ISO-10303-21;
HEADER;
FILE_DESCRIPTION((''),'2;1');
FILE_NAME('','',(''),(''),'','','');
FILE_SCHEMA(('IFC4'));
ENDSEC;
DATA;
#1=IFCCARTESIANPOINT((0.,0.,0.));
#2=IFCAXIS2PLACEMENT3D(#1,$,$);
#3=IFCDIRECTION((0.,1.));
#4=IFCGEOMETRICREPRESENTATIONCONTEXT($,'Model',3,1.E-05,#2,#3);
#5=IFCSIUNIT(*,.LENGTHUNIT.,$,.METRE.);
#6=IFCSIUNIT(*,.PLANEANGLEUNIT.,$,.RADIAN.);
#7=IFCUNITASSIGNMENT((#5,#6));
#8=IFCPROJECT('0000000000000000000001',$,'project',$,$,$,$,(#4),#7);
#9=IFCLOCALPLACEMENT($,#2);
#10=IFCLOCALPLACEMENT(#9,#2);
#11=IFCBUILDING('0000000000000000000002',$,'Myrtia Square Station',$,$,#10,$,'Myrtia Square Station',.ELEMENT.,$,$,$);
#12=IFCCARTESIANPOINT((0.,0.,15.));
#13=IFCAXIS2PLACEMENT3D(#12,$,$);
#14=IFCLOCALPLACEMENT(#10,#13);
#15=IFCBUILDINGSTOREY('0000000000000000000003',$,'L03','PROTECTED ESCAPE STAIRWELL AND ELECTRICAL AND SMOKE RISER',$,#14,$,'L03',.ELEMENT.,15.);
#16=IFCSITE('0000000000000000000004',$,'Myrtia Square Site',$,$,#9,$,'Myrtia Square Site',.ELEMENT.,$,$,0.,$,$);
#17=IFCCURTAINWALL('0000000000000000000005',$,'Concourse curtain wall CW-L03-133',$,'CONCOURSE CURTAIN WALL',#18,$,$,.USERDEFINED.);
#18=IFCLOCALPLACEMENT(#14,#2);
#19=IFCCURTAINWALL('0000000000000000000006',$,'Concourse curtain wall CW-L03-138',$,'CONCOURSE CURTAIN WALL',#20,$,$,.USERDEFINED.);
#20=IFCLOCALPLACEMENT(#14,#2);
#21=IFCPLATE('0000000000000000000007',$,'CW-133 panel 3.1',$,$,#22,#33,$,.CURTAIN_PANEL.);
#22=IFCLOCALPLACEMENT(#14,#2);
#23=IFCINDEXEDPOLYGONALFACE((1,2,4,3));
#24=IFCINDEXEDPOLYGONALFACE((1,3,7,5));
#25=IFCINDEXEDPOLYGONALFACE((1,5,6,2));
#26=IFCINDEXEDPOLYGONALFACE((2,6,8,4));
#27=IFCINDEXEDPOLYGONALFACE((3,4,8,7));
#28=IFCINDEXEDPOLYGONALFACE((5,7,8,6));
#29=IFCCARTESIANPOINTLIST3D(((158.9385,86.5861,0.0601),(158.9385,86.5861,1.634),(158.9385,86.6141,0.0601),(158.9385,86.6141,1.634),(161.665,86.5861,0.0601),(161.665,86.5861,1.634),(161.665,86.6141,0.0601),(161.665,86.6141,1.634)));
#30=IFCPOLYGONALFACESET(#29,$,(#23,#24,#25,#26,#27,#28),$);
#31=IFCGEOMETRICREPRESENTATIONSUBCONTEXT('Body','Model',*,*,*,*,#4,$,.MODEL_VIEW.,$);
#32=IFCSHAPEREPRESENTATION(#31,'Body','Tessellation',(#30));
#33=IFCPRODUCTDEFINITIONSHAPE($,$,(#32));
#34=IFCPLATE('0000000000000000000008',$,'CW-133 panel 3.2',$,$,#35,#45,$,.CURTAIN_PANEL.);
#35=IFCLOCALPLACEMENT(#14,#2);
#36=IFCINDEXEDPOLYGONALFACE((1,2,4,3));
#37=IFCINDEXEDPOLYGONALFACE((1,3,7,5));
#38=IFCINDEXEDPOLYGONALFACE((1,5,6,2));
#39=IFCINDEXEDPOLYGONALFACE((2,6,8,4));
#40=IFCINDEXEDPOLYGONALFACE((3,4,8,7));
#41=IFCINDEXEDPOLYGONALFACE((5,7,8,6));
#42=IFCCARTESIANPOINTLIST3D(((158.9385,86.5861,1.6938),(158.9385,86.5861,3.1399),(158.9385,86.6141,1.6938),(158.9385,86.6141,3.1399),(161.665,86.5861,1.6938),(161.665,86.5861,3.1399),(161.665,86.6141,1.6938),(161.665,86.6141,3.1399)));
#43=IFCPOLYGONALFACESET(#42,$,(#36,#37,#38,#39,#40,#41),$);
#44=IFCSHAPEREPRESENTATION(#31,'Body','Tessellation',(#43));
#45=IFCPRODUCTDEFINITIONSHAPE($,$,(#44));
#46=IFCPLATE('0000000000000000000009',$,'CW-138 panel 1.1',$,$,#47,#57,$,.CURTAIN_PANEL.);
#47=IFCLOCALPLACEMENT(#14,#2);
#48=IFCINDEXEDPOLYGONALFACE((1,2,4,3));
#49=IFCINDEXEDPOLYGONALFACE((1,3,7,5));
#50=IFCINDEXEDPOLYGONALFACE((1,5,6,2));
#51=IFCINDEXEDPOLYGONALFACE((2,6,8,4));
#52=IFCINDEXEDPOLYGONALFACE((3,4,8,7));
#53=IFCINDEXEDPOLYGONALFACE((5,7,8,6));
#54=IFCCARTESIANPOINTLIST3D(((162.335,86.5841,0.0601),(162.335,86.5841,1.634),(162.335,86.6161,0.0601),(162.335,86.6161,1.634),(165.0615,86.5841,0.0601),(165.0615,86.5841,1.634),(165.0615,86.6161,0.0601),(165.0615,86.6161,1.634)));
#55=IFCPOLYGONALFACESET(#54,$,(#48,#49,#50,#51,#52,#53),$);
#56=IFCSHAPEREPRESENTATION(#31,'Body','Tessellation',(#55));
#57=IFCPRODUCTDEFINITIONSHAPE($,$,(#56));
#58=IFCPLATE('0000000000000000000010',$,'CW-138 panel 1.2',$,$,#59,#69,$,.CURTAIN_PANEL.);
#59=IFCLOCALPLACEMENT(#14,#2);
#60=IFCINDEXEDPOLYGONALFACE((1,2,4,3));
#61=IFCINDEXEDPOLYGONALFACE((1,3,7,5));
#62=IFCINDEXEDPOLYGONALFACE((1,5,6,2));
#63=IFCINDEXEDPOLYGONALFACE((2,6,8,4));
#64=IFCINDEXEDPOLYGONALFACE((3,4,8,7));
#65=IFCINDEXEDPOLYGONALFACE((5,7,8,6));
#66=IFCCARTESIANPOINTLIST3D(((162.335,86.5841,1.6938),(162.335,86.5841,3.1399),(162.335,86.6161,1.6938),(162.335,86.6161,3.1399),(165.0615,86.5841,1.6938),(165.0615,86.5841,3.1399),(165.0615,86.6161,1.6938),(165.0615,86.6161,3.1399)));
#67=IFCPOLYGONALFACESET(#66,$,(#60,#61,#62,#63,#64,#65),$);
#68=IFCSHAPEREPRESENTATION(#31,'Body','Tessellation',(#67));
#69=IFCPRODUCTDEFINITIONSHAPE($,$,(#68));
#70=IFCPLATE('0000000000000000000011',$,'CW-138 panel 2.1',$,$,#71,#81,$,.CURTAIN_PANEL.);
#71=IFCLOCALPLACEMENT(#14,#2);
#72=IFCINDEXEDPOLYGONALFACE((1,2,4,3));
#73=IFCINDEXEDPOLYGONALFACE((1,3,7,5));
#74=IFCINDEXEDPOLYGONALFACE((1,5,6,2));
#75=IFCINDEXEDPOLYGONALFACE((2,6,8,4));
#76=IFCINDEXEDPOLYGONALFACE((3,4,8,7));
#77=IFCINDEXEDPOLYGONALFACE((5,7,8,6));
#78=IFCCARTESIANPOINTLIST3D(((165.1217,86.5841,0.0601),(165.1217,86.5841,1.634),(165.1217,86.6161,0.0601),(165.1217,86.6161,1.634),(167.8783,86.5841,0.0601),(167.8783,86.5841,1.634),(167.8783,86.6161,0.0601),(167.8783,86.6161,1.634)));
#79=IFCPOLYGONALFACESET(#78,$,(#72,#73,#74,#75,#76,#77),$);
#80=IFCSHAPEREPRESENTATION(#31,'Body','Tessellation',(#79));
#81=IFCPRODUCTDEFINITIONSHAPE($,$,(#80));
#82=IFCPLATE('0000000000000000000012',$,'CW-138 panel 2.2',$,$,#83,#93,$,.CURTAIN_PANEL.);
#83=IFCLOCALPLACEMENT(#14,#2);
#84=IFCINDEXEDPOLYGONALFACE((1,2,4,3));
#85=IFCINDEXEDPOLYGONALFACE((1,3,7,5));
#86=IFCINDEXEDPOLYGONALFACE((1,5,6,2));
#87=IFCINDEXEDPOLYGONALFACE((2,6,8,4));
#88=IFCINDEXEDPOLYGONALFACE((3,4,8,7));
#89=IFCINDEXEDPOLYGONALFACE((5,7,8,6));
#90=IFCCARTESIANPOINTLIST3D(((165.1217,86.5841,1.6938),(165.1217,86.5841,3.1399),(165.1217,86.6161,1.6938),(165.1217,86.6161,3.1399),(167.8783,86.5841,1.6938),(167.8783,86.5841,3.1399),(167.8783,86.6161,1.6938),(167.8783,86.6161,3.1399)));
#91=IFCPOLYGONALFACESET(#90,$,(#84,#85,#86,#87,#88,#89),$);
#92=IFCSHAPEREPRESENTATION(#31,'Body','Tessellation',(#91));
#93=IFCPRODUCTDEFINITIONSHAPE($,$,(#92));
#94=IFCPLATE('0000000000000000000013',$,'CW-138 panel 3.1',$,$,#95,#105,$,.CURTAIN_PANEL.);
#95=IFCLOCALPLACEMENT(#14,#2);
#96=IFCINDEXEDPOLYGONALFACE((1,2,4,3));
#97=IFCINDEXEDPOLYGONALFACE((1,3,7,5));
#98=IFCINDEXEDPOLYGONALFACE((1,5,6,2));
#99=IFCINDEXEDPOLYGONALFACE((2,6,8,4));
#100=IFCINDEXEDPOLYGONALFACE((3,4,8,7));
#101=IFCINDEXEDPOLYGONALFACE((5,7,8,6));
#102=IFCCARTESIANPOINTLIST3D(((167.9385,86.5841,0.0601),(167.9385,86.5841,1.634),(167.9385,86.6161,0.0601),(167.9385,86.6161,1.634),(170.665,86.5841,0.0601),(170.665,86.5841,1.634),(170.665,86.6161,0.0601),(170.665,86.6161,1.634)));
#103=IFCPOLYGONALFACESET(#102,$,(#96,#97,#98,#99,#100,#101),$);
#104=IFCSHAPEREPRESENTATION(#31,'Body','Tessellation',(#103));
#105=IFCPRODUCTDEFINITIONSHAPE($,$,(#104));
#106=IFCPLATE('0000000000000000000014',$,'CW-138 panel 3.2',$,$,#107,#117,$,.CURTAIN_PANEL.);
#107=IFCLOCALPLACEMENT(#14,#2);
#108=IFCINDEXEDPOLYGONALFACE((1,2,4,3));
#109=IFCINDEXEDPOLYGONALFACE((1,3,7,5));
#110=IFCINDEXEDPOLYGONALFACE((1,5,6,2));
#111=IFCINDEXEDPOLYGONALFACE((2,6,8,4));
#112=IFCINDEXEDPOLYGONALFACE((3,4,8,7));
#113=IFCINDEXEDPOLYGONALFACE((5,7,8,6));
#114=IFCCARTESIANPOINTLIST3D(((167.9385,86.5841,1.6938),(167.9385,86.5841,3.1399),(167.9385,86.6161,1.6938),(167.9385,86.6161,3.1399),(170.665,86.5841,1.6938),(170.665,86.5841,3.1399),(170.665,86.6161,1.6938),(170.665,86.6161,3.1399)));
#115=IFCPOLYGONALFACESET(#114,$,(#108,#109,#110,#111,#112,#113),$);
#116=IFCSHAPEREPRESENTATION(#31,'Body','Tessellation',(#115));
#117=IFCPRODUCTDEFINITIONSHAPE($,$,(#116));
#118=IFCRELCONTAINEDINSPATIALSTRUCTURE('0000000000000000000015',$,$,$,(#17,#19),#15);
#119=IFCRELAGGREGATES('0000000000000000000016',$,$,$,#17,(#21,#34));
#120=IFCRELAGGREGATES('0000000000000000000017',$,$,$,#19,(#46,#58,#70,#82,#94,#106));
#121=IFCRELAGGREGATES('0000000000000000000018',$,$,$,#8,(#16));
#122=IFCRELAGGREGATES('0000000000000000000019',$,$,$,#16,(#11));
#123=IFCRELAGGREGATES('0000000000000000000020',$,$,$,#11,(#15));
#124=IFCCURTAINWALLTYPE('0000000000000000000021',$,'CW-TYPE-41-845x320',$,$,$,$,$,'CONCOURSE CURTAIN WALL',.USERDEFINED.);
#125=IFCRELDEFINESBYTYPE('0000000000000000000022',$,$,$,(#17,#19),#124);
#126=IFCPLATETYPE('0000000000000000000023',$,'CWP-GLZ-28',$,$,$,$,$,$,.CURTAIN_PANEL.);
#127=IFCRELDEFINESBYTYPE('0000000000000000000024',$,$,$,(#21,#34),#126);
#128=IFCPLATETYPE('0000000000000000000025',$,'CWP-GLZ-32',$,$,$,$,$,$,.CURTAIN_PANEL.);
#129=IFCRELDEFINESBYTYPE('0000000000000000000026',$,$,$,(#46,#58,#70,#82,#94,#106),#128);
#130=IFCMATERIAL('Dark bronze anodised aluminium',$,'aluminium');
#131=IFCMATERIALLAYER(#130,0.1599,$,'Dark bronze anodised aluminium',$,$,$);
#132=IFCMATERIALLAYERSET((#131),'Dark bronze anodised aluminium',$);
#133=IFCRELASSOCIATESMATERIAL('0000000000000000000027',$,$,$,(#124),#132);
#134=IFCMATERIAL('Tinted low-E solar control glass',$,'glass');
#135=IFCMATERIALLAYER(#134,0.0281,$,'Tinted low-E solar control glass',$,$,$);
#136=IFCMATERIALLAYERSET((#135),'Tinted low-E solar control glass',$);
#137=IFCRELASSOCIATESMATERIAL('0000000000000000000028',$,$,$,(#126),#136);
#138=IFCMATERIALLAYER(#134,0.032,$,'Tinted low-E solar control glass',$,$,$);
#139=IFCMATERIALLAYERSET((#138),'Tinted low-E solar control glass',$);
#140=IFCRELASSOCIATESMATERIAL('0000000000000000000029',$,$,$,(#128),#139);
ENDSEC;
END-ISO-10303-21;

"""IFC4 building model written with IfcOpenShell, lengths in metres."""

from ifc_helpers import new_model, si_unit, direction, frame, origin, origin_2d, place, context, subcontext, project, spatial, rectangle, extrude, material, layer, layer_set, type_object, element, aggregate, save


model = new_model("IFC4")

# Units and contexts
model_context = context("Model", 3, precision=1e-05, world=origin(), true_north=direction((0.0, 1.0)))
body_context = subcontext(model_context, "Body", "Model", "MODEL_VIEW")
ifc_project = project(units=[si_unit("LENGTHUNIT", "METRE"), si_unit("PLANEANGLEUNIT", "RADIAN")], contexts=[model_context])

# Site, building, storey
site_placement = place(None, origin())
site = spatial("IfcSite", under=ifc_project, at=site_placement, Name="Myrtia Square Site", LongName="Myrtia Square Site", CompositionType="ELEMENT", RefElevation=0.0)
building_placement = place(site_placement, origin())
building = spatial("IfcBuilding", under=site, at=building_placement, Name="Myrtia Square Station", LongName="Myrtia Square Station", CompositionType="ELEMENT")
storey_placement = place(building_placement, frame((0.0, 0.0, 15.0)))
storey = spatial("IfcBuildingStorey", under=building, at=storey_placement, Name="L03", Description="PROTECTED ESCAPE STAIRWELL AND ELECTRICAL AND SMOKE RISER", LongName="L03", CompositionType="ELEMENT", Elevation=15.0)

# Curtain walls
ifc_material_1 = material(Name="Dark bronze anodised aluminium", Category="aluminium")
ifc_layer_1 = layer(ifc_material_1, 0.1599, Name="Dark bronze anodised aluminium")
ifc_layer_set_1 = layer_set([ifc_layer_1], Name="Dark bronze anodised aluminium")
curtain_wall_type = type_object("IfcCurtainWallType", Name="CW-TYPE-41-845x320", ElementType="CONCOURSE CURTAIN WALL", PredefinedType="USERDEFINED", material=ifc_layer_set_1)
curtain_wall_1_placement = place(storey_placement, origin())
curtain_wall_1 = element("IfcCurtainWall", 1, at=curtain_wall_1_placement, inside=storey, type_object=curtain_wall_type, Name="Concourse curtain wall CW-L03-133", ObjectType="CONCOURSE CURTAIN WALL", PredefinedType="USERDEFINED")
curtain_wall_2_placement = place(storey_placement, origin())
curtain_wall_2 = element("IfcCurtainWall", 2, at=curtain_wall_2_placement, inside=storey, type_object=curtain_wall_type, Name="Concourse curtain wall CW-L03-138", ObjectType="CONCOURSE CURTAIN WALL", PredefinedType="USERDEFINED")

# Plates
ifc_material_2 = material(Name="Tinted low-E solar control glass", Category="glass")
ifc_layer_2 = layer(ifc_material_2, 0.0281, Name="Tinted low-E solar control glass")
ifc_layer_set_2 = layer_set([ifc_layer_2], Name="Tinted low-E solar control glass")
plate_type_1 = type_object("IfcPlateType", Name="CWP-GLZ-28", PredefinedType="CURTAIN_PANEL", material=ifc_layer_set_2)
plate_1_placement = place(storey_placement, frame((160.3018, 86.6001, 0.0601), z_axis=(0.0, 0.0, 1.0), x_axis=(1.0, 0.0, 0.0)))
plate_1 = element("IfcPlate", 3, at=plate_1_placement, type_object=plate_type_1, Name="CW-133 panel 3.1", PredefinedType="CURTAIN_PANEL", context=body_context, shape_type="SweptSolid", body=[
    extrude(rectangle(XDim=2.7266, YDim=0.0281, at=origin_2d()), origin(), (0.0, 0.0, 1.0), 1.574),
])
plate_2_placement = place(storey_placement, frame((160.3018, 86.6001, 1.6938), z_axis=(0.0, 0.0, 1.0), x_axis=(1.0, 0.0, 0.0)))
plate_2 = element("IfcPlate", 4, at=plate_2_placement, type_object=plate_type_1, Name="CW-133 panel 3.2", PredefinedType="CURTAIN_PANEL", context=body_context, shape_type="SweptSolid", body=[
    extrude(rectangle(XDim=2.7266, YDim=0.0281, at=origin_2d()), origin(), (0.0, 0.0, 1.0), 1.446),
])
aggregate(curtain_wall_1, [plate_1, plate_2])
ifc_layer_3 = layer(ifc_material_2, 0.032, Name="Tinted low-E solar control glass")
ifc_layer_set_3 = layer_set([ifc_layer_3], Name="Tinted low-E solar control glass")
plate_type_2 = type_object("IfcPlateType", Name="CWP-GLZ-32", PredefinedType="CURTAIN_PANEL", material=ifc_layer_set_3)
plate_3_placement = place(storey_placement, frame((163.6982, 86.6001, 0.0601), z_axis=(0.0, 0.0, 1.0), x_axis=(1.0, 0.0, 0.0)))
plate_3 = element("IfcPlate", 5, at=plate_3_placement, type_object=plate_type_2, Name="CW-138 panel 1.1", PredefinedType="CURTAIN_PANEL", context=body_context, shape_type="SweptSolid", body=[
    extrude(rectangle(XDim=2.7266, YDim=0.032, at=origin_2d()), origin(), (0.0, 0.0, 1.0), 1.574),
])
plate_4_placement = place(storey_placement, frame((163.6982, 86.6001, 1.6938), z_axis=(0.0, 0.0, 1.0), x_axis=(1.0, 0.0, 0.0)))
plate_4 = element("IfcPlate", 6, at=plate_4_placement, type_object=plate_type_2, Name="CW-138 panel 1.2", PredefinedType="CURTAIN_PANEL", context=body_context, shape_type="SweptSolid", body=[
    extrude(rectangle(XDim=2.7266, YDim=0.032, at=origin_2d()), origin(), (0.0, 0.0, 1.0), 1.446),
])
plate_5_placement = place(storey_placement, frame((166.5, 86.6001, 0.0601), z_axis=(0.0, 0.0, 1.0), x_axis=(1.0, 0.0, 0.0)))
plate_5 = element("IfcPlate", 7, at=plate_5_placement, type_object=plate_type_2, Name="CW-138 panel 2.1", PredefinedType="CURTAIN_PANEL", context=body_context, shape_type="SweptSolid", body=[
    extrude(rectangle(XDim=2.7566, YDim=0.032, at=origin_2d()), origin(), (0.0, 0.0, 1.0), 1.574),
])
plate_6_placement = place(storey_placement, frame((166.5, 86.6001, 1.6938), z_axis=(0.0, 0.0, 1.0), x_axis=(1.0, 0.0, 0.0)))
plate_6 = element("IfcPlate", 8, at=plate_6_placement, type_object=plate_type_2, Name="CW-138 panel 2.2", PredefinedType="CURTAIN_PANEL", context=body_context, shape_type="SweptSolid", body=[
    extrude(rectangle(XDim=2.7566, YDim=0.032, at=origin_2d()), origin(), (0.0, 0.0, 1.0), 1.446),
])
plate_7_placement = place(storey_placement, frame((169.3018, 86.6001, 0.0601), z_axis=(0.0, 0.0, 1.0), x_axis=(1.0, 0.0, 0.0)))
plate_7 = element("IfcPlate", 9, at=plate_7_placement, type_object=plate_type_2, Name="CW-138 panel 3.1", PredefinedType="CURTAIN_PANEL", context=body_context, shape_type="SweptSolid", body=[
    extrude(rectangle(XDim=2.7266, YDim=0.032, at=origin_2d()), origin(), (0.0, 0.0, 1.0), 1.574),
])
plate_8_placement = place(storey_placement, frame((169.3018, 86.6001, 1.6938), z_axis=(0.0, 0.0, 1.0), x_axis=(1.0, 0.0, 0.0)))
plate_8 = element("IfcPlate", 10, at=plate_8_placement, type_object=plate_type_2, Name="CW-138 panel 3.2", PredefinedType="CURTAIN_PANEL", context=body_context, shape_type="SweptSolid", body=[
    extrude(rectangle(XDim=2.7266, YDim=0.032, at=origin_2d()), origin(), (0.0, 0.0, 1.0), 1.446),
])
aggregate(curtain_wall_2, [plate_3, plate_4, plate_5, plate_6, plate_7, plate_8])

save(model, "model.ifc")
